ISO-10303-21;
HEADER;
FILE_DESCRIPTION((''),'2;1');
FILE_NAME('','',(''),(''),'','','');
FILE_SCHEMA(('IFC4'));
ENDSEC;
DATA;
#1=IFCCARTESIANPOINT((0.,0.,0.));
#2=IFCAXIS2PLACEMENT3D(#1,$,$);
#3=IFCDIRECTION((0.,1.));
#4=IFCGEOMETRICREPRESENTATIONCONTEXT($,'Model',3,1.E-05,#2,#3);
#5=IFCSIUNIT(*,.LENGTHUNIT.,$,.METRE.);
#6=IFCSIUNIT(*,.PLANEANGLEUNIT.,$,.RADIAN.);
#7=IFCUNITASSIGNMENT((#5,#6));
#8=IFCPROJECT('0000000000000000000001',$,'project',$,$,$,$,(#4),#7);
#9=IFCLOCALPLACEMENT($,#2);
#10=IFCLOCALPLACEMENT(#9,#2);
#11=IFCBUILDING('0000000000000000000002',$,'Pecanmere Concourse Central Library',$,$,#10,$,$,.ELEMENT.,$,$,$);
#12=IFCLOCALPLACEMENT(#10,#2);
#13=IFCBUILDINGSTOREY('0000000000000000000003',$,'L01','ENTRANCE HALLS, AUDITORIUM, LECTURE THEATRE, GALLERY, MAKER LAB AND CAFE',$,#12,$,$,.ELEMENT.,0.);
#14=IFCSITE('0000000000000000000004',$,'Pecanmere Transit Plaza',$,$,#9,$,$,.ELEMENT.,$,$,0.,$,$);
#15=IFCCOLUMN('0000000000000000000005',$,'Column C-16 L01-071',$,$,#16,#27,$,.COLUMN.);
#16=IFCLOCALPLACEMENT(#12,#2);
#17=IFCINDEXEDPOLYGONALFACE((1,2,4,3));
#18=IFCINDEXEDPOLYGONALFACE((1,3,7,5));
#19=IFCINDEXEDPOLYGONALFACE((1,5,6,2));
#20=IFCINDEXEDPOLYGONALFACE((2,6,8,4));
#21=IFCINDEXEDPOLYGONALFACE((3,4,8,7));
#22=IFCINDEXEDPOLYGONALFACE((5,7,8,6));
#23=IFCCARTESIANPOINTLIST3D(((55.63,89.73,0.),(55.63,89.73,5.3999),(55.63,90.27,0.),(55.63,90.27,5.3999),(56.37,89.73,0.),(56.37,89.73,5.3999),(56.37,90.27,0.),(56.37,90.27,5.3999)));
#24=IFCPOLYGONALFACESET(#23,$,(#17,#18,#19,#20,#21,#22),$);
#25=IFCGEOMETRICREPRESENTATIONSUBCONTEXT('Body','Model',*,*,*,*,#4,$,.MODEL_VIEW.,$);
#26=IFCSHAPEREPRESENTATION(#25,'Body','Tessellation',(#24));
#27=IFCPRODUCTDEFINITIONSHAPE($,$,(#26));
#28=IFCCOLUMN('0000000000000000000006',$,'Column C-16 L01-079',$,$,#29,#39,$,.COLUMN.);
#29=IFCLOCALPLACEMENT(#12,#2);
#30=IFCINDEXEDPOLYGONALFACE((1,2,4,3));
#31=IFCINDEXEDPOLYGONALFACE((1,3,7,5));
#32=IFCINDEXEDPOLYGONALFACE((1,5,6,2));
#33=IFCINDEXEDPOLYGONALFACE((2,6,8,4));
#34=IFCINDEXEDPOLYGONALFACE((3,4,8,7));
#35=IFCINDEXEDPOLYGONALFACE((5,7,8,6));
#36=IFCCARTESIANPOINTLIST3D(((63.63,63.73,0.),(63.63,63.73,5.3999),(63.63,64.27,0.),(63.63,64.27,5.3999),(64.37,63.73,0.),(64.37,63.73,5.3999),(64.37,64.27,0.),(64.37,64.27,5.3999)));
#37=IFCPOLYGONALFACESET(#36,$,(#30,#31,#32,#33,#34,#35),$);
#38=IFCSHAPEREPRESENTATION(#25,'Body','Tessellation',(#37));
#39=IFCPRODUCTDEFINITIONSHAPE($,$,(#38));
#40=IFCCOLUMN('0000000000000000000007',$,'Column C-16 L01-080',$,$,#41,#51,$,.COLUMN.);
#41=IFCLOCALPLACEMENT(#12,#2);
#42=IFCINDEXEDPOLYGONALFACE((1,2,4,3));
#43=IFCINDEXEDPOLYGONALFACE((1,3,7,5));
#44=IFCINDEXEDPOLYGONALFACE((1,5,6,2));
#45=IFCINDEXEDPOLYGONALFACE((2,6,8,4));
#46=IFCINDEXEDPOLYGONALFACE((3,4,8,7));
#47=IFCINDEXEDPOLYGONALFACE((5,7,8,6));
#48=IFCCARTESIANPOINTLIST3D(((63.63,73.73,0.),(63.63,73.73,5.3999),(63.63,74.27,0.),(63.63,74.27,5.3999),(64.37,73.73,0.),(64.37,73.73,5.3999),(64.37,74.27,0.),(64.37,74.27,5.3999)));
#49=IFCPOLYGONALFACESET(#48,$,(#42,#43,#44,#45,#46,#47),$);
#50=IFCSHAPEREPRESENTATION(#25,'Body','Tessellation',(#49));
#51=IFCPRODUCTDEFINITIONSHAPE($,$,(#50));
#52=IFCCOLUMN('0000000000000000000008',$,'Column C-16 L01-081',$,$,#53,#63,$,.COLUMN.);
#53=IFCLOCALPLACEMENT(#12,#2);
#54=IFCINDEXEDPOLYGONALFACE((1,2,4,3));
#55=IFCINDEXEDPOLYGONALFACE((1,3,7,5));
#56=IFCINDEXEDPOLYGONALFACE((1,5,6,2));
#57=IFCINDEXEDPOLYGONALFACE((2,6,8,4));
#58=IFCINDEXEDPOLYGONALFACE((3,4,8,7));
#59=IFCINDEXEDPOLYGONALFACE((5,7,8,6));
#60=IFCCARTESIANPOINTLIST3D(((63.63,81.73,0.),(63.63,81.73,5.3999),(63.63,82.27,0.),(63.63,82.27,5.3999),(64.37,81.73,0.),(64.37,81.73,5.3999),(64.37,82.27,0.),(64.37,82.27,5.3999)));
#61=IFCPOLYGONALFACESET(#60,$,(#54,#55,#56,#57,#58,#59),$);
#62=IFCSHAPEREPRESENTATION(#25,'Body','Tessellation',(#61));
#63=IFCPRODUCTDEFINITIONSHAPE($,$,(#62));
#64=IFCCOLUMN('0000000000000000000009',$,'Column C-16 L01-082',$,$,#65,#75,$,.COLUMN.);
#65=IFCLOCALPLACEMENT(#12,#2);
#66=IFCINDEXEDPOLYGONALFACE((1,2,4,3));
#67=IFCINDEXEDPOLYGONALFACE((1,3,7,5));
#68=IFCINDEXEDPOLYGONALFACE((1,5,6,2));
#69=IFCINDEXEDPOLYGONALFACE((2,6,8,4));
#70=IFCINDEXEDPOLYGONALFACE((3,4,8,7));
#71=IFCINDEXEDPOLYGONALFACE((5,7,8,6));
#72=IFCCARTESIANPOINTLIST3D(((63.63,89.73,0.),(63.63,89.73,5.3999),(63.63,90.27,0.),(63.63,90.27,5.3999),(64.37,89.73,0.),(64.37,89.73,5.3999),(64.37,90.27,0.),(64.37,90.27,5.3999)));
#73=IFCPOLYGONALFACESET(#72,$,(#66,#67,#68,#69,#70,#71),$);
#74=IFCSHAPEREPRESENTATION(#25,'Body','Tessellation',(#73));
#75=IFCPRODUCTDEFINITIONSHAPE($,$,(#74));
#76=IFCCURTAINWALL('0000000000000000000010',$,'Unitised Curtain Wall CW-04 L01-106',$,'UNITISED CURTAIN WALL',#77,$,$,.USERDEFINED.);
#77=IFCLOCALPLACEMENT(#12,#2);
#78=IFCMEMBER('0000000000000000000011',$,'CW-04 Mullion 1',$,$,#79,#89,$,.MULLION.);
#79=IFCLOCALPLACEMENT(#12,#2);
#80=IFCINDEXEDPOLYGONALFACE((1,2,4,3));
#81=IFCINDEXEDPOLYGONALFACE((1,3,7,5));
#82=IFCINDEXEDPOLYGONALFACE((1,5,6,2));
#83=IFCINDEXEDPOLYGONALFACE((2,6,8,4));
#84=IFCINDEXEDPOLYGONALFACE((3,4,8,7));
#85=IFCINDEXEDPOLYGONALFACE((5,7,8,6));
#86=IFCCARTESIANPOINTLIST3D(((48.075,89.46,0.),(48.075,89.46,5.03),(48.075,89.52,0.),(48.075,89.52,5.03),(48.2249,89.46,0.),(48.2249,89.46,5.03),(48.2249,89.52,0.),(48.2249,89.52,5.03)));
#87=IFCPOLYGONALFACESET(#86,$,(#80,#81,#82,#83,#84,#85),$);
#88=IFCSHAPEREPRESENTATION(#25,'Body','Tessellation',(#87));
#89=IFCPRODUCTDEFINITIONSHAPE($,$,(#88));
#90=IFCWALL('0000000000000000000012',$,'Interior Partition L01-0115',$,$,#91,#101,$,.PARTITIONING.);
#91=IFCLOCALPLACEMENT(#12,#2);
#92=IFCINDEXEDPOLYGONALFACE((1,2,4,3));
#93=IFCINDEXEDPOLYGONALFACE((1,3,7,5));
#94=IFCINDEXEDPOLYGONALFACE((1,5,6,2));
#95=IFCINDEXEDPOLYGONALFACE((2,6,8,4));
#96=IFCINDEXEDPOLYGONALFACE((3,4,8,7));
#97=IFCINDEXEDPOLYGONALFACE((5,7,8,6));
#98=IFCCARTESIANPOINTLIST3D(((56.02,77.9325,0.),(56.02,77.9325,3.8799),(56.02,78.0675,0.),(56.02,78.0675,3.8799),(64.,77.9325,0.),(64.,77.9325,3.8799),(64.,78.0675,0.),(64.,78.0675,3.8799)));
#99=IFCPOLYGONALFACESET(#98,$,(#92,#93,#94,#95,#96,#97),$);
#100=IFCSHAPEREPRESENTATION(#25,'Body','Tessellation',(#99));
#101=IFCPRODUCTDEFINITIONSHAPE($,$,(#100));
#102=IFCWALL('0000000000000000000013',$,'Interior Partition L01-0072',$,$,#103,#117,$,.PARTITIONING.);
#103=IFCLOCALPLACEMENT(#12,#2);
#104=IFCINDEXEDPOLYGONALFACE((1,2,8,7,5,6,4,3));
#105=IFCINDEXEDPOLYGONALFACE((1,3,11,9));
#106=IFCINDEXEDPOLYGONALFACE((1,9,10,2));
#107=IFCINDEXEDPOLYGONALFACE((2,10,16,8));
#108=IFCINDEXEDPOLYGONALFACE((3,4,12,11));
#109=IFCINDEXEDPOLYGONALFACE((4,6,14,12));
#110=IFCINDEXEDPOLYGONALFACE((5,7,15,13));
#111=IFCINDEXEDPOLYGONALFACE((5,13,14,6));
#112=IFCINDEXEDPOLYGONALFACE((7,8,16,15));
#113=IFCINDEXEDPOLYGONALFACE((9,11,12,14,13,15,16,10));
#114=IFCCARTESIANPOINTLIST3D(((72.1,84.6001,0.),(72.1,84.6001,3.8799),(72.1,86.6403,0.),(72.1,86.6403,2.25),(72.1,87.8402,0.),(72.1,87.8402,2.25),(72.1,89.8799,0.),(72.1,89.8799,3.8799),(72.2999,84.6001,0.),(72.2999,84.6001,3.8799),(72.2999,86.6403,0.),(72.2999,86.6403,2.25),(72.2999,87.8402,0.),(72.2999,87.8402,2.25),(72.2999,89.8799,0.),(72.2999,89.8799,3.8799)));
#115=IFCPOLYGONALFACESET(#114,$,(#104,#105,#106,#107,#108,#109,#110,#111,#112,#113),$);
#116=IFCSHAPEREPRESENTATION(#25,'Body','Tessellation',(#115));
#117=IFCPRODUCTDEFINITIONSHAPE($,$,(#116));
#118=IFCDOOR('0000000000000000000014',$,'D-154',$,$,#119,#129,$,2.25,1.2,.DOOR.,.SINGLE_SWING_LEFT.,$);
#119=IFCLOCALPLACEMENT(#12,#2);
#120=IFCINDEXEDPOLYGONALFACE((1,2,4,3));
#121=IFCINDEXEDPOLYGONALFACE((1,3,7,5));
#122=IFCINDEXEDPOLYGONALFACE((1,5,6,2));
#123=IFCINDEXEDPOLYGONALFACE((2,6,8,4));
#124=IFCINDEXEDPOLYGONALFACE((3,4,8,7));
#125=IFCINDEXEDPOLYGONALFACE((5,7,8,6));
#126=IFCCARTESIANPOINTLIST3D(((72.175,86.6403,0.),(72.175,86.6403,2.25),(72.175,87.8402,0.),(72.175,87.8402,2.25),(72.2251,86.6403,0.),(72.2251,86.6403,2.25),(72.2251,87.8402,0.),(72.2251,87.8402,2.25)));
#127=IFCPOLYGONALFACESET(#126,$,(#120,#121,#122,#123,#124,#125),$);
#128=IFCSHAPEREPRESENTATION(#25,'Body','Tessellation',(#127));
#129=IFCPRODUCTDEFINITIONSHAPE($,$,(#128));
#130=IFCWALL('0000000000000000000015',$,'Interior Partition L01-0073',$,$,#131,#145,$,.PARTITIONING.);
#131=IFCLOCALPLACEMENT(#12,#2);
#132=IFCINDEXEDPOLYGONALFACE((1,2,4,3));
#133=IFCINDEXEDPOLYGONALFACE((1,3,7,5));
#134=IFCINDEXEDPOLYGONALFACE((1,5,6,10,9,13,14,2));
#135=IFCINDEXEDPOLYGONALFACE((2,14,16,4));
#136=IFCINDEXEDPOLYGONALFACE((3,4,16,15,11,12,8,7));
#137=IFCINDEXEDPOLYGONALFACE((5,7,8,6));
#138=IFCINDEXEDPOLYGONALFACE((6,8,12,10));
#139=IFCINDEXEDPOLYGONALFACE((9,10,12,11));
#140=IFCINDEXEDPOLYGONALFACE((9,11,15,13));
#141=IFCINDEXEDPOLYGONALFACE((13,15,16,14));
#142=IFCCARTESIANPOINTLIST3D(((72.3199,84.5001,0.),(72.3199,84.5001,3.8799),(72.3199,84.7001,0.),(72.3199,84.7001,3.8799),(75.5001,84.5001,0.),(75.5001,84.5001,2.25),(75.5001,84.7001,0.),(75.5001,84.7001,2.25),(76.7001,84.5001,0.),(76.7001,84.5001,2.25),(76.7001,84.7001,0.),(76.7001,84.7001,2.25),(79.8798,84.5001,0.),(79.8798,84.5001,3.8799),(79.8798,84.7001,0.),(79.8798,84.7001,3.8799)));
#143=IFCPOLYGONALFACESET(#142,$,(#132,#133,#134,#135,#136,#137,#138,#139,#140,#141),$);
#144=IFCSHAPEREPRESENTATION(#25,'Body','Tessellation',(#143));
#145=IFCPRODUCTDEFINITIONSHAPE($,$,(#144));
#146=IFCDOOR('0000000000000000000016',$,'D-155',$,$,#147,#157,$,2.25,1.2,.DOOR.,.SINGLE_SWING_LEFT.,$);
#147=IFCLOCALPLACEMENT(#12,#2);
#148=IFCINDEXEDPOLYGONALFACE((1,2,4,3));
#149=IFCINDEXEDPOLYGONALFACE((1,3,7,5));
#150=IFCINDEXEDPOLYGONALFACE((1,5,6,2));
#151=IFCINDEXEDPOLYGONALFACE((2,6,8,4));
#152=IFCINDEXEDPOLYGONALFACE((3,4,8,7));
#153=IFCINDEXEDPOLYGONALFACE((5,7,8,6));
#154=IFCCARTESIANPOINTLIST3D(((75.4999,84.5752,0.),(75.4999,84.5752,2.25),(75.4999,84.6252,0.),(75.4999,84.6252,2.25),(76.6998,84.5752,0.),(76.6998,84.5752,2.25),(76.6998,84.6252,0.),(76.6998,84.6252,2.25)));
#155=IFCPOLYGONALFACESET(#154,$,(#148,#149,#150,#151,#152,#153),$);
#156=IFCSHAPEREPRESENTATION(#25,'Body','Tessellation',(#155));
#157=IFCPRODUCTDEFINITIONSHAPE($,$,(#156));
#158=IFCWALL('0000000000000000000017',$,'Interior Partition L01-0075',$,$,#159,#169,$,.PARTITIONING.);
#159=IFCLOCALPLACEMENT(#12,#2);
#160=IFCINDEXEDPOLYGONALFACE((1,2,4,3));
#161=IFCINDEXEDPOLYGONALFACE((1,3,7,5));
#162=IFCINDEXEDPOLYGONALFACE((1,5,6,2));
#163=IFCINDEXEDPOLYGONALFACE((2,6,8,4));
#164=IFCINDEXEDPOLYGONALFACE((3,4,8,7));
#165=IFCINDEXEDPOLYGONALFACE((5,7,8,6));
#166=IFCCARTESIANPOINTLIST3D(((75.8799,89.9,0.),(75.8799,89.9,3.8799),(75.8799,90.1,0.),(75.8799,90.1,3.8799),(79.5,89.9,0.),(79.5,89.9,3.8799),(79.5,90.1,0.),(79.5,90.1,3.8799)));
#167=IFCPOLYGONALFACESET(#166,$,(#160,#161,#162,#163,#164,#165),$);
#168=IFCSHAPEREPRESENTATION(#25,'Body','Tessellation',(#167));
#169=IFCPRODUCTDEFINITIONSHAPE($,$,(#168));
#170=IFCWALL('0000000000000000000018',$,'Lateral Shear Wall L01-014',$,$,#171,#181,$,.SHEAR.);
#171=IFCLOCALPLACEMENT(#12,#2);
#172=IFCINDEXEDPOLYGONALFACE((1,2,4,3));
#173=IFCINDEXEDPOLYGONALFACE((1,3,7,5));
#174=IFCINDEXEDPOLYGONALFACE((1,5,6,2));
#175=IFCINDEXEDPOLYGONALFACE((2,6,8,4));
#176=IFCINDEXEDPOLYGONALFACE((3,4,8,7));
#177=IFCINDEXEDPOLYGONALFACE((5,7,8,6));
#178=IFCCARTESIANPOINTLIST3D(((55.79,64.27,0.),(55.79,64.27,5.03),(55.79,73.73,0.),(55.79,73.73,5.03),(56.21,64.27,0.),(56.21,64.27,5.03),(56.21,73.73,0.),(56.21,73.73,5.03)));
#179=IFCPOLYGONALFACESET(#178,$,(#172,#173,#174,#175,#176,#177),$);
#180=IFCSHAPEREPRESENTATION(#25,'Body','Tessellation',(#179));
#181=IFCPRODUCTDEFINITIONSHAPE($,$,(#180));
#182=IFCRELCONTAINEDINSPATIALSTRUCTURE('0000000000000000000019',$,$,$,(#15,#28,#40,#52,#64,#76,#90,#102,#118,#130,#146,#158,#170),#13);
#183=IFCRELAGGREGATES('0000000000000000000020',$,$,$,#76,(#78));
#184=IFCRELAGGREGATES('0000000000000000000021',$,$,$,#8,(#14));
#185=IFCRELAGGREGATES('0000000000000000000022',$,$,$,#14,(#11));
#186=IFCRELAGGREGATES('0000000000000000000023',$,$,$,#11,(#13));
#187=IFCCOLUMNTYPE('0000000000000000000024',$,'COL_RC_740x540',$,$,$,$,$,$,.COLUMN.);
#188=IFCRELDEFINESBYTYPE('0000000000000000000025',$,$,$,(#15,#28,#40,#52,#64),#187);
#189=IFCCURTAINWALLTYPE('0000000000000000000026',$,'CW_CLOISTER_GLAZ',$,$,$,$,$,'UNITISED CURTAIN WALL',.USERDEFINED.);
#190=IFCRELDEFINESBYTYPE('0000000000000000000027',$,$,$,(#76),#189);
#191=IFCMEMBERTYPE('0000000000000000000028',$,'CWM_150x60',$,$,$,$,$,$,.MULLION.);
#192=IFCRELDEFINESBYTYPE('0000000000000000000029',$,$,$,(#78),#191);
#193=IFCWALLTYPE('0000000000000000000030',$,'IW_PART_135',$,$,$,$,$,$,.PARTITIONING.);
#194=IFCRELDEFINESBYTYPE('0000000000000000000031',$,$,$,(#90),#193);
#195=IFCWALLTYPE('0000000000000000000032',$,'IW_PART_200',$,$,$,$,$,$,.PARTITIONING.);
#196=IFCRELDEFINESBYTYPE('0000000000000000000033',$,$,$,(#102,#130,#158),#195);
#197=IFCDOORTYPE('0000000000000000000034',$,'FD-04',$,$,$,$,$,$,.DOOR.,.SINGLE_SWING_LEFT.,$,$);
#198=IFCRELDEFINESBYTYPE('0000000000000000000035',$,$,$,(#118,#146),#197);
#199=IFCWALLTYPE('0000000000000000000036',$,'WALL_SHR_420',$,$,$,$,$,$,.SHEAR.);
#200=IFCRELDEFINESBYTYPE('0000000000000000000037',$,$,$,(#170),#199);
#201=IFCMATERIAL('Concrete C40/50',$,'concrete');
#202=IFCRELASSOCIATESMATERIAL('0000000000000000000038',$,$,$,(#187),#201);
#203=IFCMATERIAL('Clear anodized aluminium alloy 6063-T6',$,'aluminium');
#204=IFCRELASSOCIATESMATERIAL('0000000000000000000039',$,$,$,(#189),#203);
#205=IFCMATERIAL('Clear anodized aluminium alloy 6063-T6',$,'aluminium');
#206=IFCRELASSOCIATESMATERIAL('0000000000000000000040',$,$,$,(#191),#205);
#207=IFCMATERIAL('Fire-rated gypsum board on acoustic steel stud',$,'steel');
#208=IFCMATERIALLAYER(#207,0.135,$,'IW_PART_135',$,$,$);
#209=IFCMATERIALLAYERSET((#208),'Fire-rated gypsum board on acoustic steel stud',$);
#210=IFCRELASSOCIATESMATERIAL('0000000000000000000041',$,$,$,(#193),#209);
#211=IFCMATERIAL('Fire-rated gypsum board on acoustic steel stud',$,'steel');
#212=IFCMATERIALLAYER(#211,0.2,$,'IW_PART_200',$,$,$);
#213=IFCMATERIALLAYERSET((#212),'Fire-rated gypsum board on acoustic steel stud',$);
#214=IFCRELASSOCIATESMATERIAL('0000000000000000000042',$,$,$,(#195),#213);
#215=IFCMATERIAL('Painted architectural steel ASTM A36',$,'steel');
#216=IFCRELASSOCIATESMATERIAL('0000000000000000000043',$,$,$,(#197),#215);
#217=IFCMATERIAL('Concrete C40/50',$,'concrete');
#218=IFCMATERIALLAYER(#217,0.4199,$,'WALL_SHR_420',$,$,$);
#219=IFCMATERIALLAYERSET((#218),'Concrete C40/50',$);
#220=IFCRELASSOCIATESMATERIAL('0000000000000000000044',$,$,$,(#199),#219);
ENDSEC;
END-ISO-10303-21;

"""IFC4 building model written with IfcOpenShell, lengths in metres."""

from ifc_helpers import new_model, si_unit, direction, frame, frame_2d, origin, origin_2d, place, context, subcontext, project, spatial, rectangle, extrude, material, layer, layer_set, material_profile, profile_set, type_object, element, fill, aggregate, save


model = new_model("IFC4")

# Units and contexts
model_context = context("Model", 3, precision=1e-05, world=origin(), true_north=direction((0.0, 1.0)))
body_context = subcontext(model_context, "Body", "Model", "MODEL_VIEW")
ifc_project = project(units=[si_unit("LENGTHUNIT", "METRE"), si_unit("PLANEANGLEUNIT", "RADIAN")], contexts=[model_context])

# Site, building, storey
site_placement = place(None, origin())
site = spatial("IfcSite", under=ifc_project, at=site_placement, Name="Pecanmere Transit Plaza", CompositionType="ELEMENT", RefElevation=0.0)
building_placement = place(site_placement, origin())
building = spatial("IfcBuilding", under=site, at=building_placement, Name="Pecanmere Concourse Central Library", CompositionType="ELEMENT")
storey_placement = place(building_placement, origin())
storey = spatial("IfcBuildingStorey", under=building, at=storey_placement, Name="L01", Description="ENTRANCE HALLS, AUDITORIUM, LECTURE THEATRE, GALLERY, MAKER LAB AND CAFE", CompositionType="ELEMENT", Elevation=0.0)

# Columns
ifc_material_1 = material(Name="Concrete C40/50", Category="concrete")
ifc_material_profile_1 = material_profile(ifc_material_1, rectangle(XDim=0.74, YDim=0.54, at=origin_2d()), Name="RC 740x540")
ifc_profile_set_1 = profile_set([ifc_material_profile_1], Name="Concrete C40/50")
column_type_1 = type_object("IfcColumnType", Name="COL_RC_740x540", PredefinedType="COLUMN", material=ifc_profile_set_1)
for number, where, z_axis, x_axis, name in (
    (1, (56.0, 90.0, 0.0), (0.0, 0.0, 1.0), (1.0, 0.0, 0.0), "Column C-16 L01-071"),
    (2, (64.0, 64.0, 0.0), (0.0, 0.0, 1.0), (1.0, 0.0, 0.0), "Column C-16 L01-079"),
    (3, (64.0, 74.0, 0.0), (0.0, 0.0, 1.0), (1.0, 0.0, 0.0), "Column C-16 L01-080"),
    (4, (64.0, 82.0, 0.0), (0.0, 0.0, 1.0), (1.0, 0.0, 0.0), "Column C-16 L01-081"),
    (5, (64.0, 90.0, 0.0), (0.0, 0.0, 1.0), (1.0, 0.0, 0.0), "Column C-16 L01-082"),
):
    element("IfcColumn", number, at=place(storey_placement, frame(where, z_axis=z_axis, x_axis=x_axis)), inside=storey, type_object=column_type_1, Name=name, PredefinedType="COLUMN", context=body_context, shape_type="SweptSolid", body=[
        extrude(rectangle(XDim=0.74, YDim=0.54, at=origin_2d()), origin(), (0.0, 0.0, 1.0), 5.3999),
    ])

# Curtain wall, member
ifc_material_2 = material(Name="Clear anodized aluminium alloy 6063-T6", Category="aluminium")
curtain_wall_type = type_object("IfcCurtainWallType", Name="CW_CLOISTER_GLAZ", ElementType="UNITISED CURTAIN WALL", PredefinedType="USERDEFINED", material=ifc_material_2)
curtain_wall_placement = place(storey_placement, origin())
curtain_wall = element("IfcCurtainWall", 6, at=curtain_wall_placement, inside=storey, type_object=curtain_wall_type, Name="Unitised Curtain Wall CW-04 L01-106", ObjectType="UNITISED CURTAIN WALL", PredefinedType="USERDEFINED")
ifc_material_3 = material(Name="Clear anodized aluminium alloy 6063-T6", Category="aluminium")
ifc_material_profile_2 = material_profile(ifc_material_3, rectangle(XDim=0.0601, YDim=0.1499, at=origin_2d()), Name="AL 60x150")
ifc_profile_set_2 = profile_set([ifc_material_profile_2], Name="Clear anodized aluminium alloy 6063-T6")
member_type = type_object("IfcMemberType", Name="CWM_150x60", PredefinedType="MULLION", material=ifc_profile_set_2)
member_placement = place(storey_placement, frame((48.1499, 89.49, 0.0), z_axis=(0.0, 0.0, 1.0), x_axis=(0.0, -1.0, 0.0)))
member = element("IfcMember", 7, at=member_placement, type_object=member_type, Name="CW-04 Mullion 1", PredefinedType="MULLION", context=body_context, shape_type="SweptSolid", body=[
    extrude(rectangle(XDim=0.0601, YDim=0.1499, at=origin_2d()), origin(), (0.0, 0.0, 1.0), 5.03),
])
aggregate(curtain_wall, [member])

# Wall
ifc_material_4 = material(Name="Fire-rated gypsum board on acoustic steel stud", Category="steel")
ifc_layer_1 = layer(ifc_material_4, 0.135, Name="IW_PART_135")
ifc_layer_set_1 = layer_set([ifc_layer_1], Name="Fire-rated gypsum board on acoustic steel stud")
wall_type_1 = type_object("IfcWallType", Name="IW_PART_135", PredefinedType="PARTITIONING", material=ifc_layer_set_1)
wall_1_placement = place(storey_placement, frame((56.02, 78.0, 0.0), z_axis=(0.0, 0.0, 1.0), x_axis=(1.0, 0.0, 0.0)))
element("IfcWall", 8, at=wall_1_placement, inside=storey, type_object=wall_type_1, Name="Interior Partition L01-0115", PredefinedType="PARTITIONING", context=body_context, shape_type="SweptSolid", body=[
    extrude(rectangle(XDim=7.98, YDim=0.135, at=frame_2d((3.99, 0.0))), origin(), (0.0, 0.0, 1.0), 3.8799),
])

# Walls, openings, doors
ifc_material_5 = material(Name="Fire-rated gypsum board on acoustic steel stud", Category="steel")
ifc_layer_2 = layer(ifc_material_5, 0.2, Name="IW_PART_200")
ifc_layer_set_2 = layer_set([ifc_layer_2], Name="Fire-rated gypsum board on acoustic steel stud")
wall_type_2 = type_object("IfcWallType", Name="IW_PART_200", PredefinedType="PARTITIONING", material=ifc_layer_set_2)
wall_2_placement = place(storey_placement, frame((72.2, 84.6001, 0.0), z_axis=(0.0, 0.0, 1.0), x_axis=(0.0, 1.0, 0.0)))
wall_2 = element("IfcWall", 9, at=wall_2_placement, inside=storey, type_object=wall_type_2, Name="Interior Partition L01-0072", PredefinedType="PARTITIONING", context=body_context, shape_type="SweptSolid", body=[
    extrude(rectangle(XDim=5.2798, YDim=0.2, at=frame_2d((2.6399, 0.0))), origin(), (0.0, 0.0, 1.0), 3.8799),
])
opening_1_placement = place(wall_2_placement, frame((2.04, 0.0, 0.0)))
opening_1 = element("IfcOpeningElement", 10, at=opening_1_placement, cuts=wall_2, PredefinedType="OPENING", context=body_context, shape_type="SweptSolid", body=[
    extrude(rectangle(XDim=1.2, YDim=2.25, at=frame_2d((0.6001, 1.125))), frame((0.0, 0.1118, 0.0), z_axis=(0.0, -1.0, 0.0), x_axis=(1.0, 0.0, 0.0)), (0.0, 0.0, 1.0), 0.2239),
])
ifc_material_6 = material(Name="Painted architectural steel ASTM A36", Category="steel")
door_type_1 = type_object("IfcDoorType", Name="FD-04", OperationType="SINGLE_SWING_LEFT", PredefinedType="DOOR", material=ifc_material_6)
door_1_placement = place(opening_1_placement, origin())
door_1 = element("IfcDoor", 11, at=door_1_placement, inside=storey, type_object=door_type_1, Name="D-154", OperationType="SINGLE_SWING_LEFT", OverallHeight=2.25, OverallWidth=1.2, PredefinedType="DOOR", context=body_context, shape_type="SweptSolid", body=[
    extrude(rectangle(XDim=1.2, YDim=2.25, at=frame_2d((0.6001, 1.125))), frame((0.0, 0.0249, 0.0), z_axis=(0.0, -1.0, 0.0), x_axis=(1.0, 0.0, 0.0)), (0.0, 0.0, 1.0), 0.05),
])
fill(opening_1, door_1)
wall_3_placement = place(storey_placement, frame((72.3201, 84.6001, 0.0), z_axis=(0.0, 0.0, 1.0), x_axis=(1.0, 0.0, 0.0)))
wall_3 = element("IfcWall", 12, at=wall_3_placement, inside=storey, type_object=wall_type_2, Name="Interior Partition L01-0073", PredefinedType="PARTITIONING", context=body_context, shape_type="SweptSolid", body=[
    extrude(rectangle(XDim=7.5598, YDim=0.2, at=frame_2d((3.7798, 0.0))), origin(), (0.0, 0.0, 1.0), 3.8799),
])
opening_2_placement = place(wall_3_placement, frame((3.1799, 0.0, 0.0)))
opening_2 = element("IfcOpeningElement", 13, at=opening_2_placement, cuts=wall_3, PredefinedType="OPENING", context=body_context, shape_type="SweptSolid", body=[
    extrude(rectangle(XDim=1.2, YDim=2.25, at=frame_2d((0.6001, 1.125))), frame((0.0, 0.1118, 0.0), z_axis=(0.0, -1.0, 0.0), x_axis=(1.0, 0.0, 0.0)), (0.0, 0.0, 1.0), 0.2239),
])
door_2_placement = place(opening_2_placement, frame((1.2, 0.0, 0.0), z_axis=(0.0, 0.0, 1.0), x_axis=(-1.0, 0.0, 0.0)))
door_2 = element("IfcDoor", 14, at=door_2_placement, inside=storey, type_object=door_type_1, Name="D-155", OperationType="SINGLE_SWING_LEFT", OverallHeight=2.25, OverallWidth=1.2, PredefinedType="DOOR", context=body_context, shape_type="SweptSolid", body=[
    extrude(rectangle(XDim=1.2, YDim=2.25, at=frame_2d((0.6001, 1.125))), frame((0.0, 0.0249, 0.0), z_axis=(0.0, -1.0, 0.0), x_axis=(1.0, 0.0, 0.0)), (0.0, 0.0, 1.0), 0.05),
])
fill(opening_2, door_2)

# Walls
wall_4_placement = place(storey_placement, frame((75.8799, 90.0, 0.0), z_axis=(0.0, 0.0, 1.0), x_axis=(1.0, 0.0, 0.0)))
element("IfcWall", 15, at=wall_4_placement, inside=storey, type_object=wall_type_2, Name="Interior Partition L01-0075", PredefinedType="PARTITIONING", context=body_context, shape_type="SweptSolid", body=[
    extrude(rectangle(XDim=3.6201, YDim=0.2, at=frame_2d((1.8101, 0.0))), origin(), (0.0, 0.0, 1.0), 3.8799),
])
ifc_material_7 = material(Name="Concrete C40/50", Category="concrete")
ifc_layer_3 = layer(ifc_material_7, 0.4199, Name="WALL_SHR_420")
ifc_layer_set_3 = layer_set([ifc_layer_3], Name="Concrete C40/50")
wall_type_3 = type_object("IfcWallType", Name="WALL_SHR_420", PredefinedType="SHEAR", material=ifc_layer_set_3)
wall_5_placement = place(storey_placement, frame((56.0, 64.27, 0.0), z_axis=(0.0, 0.0, 1.0), x_axis=(0.0, 1.0, 0.0)))
element("IfcWall", 16, at=wall_5_placement, inside=storey, type_object=wall_type_3, Name="Lateral Shear Wall L01-014", PredefinedType="SHEAR", context=body_context, shape_type="SweptSolid", body=[
    extrude(rectangle(XDim=9.46, YDim=0.4199, at=frame_2d((4.73, 0.0))), origin(), (0.0, 0.0, 1.0), 5.03),
])

save(model, "model.ifc")
